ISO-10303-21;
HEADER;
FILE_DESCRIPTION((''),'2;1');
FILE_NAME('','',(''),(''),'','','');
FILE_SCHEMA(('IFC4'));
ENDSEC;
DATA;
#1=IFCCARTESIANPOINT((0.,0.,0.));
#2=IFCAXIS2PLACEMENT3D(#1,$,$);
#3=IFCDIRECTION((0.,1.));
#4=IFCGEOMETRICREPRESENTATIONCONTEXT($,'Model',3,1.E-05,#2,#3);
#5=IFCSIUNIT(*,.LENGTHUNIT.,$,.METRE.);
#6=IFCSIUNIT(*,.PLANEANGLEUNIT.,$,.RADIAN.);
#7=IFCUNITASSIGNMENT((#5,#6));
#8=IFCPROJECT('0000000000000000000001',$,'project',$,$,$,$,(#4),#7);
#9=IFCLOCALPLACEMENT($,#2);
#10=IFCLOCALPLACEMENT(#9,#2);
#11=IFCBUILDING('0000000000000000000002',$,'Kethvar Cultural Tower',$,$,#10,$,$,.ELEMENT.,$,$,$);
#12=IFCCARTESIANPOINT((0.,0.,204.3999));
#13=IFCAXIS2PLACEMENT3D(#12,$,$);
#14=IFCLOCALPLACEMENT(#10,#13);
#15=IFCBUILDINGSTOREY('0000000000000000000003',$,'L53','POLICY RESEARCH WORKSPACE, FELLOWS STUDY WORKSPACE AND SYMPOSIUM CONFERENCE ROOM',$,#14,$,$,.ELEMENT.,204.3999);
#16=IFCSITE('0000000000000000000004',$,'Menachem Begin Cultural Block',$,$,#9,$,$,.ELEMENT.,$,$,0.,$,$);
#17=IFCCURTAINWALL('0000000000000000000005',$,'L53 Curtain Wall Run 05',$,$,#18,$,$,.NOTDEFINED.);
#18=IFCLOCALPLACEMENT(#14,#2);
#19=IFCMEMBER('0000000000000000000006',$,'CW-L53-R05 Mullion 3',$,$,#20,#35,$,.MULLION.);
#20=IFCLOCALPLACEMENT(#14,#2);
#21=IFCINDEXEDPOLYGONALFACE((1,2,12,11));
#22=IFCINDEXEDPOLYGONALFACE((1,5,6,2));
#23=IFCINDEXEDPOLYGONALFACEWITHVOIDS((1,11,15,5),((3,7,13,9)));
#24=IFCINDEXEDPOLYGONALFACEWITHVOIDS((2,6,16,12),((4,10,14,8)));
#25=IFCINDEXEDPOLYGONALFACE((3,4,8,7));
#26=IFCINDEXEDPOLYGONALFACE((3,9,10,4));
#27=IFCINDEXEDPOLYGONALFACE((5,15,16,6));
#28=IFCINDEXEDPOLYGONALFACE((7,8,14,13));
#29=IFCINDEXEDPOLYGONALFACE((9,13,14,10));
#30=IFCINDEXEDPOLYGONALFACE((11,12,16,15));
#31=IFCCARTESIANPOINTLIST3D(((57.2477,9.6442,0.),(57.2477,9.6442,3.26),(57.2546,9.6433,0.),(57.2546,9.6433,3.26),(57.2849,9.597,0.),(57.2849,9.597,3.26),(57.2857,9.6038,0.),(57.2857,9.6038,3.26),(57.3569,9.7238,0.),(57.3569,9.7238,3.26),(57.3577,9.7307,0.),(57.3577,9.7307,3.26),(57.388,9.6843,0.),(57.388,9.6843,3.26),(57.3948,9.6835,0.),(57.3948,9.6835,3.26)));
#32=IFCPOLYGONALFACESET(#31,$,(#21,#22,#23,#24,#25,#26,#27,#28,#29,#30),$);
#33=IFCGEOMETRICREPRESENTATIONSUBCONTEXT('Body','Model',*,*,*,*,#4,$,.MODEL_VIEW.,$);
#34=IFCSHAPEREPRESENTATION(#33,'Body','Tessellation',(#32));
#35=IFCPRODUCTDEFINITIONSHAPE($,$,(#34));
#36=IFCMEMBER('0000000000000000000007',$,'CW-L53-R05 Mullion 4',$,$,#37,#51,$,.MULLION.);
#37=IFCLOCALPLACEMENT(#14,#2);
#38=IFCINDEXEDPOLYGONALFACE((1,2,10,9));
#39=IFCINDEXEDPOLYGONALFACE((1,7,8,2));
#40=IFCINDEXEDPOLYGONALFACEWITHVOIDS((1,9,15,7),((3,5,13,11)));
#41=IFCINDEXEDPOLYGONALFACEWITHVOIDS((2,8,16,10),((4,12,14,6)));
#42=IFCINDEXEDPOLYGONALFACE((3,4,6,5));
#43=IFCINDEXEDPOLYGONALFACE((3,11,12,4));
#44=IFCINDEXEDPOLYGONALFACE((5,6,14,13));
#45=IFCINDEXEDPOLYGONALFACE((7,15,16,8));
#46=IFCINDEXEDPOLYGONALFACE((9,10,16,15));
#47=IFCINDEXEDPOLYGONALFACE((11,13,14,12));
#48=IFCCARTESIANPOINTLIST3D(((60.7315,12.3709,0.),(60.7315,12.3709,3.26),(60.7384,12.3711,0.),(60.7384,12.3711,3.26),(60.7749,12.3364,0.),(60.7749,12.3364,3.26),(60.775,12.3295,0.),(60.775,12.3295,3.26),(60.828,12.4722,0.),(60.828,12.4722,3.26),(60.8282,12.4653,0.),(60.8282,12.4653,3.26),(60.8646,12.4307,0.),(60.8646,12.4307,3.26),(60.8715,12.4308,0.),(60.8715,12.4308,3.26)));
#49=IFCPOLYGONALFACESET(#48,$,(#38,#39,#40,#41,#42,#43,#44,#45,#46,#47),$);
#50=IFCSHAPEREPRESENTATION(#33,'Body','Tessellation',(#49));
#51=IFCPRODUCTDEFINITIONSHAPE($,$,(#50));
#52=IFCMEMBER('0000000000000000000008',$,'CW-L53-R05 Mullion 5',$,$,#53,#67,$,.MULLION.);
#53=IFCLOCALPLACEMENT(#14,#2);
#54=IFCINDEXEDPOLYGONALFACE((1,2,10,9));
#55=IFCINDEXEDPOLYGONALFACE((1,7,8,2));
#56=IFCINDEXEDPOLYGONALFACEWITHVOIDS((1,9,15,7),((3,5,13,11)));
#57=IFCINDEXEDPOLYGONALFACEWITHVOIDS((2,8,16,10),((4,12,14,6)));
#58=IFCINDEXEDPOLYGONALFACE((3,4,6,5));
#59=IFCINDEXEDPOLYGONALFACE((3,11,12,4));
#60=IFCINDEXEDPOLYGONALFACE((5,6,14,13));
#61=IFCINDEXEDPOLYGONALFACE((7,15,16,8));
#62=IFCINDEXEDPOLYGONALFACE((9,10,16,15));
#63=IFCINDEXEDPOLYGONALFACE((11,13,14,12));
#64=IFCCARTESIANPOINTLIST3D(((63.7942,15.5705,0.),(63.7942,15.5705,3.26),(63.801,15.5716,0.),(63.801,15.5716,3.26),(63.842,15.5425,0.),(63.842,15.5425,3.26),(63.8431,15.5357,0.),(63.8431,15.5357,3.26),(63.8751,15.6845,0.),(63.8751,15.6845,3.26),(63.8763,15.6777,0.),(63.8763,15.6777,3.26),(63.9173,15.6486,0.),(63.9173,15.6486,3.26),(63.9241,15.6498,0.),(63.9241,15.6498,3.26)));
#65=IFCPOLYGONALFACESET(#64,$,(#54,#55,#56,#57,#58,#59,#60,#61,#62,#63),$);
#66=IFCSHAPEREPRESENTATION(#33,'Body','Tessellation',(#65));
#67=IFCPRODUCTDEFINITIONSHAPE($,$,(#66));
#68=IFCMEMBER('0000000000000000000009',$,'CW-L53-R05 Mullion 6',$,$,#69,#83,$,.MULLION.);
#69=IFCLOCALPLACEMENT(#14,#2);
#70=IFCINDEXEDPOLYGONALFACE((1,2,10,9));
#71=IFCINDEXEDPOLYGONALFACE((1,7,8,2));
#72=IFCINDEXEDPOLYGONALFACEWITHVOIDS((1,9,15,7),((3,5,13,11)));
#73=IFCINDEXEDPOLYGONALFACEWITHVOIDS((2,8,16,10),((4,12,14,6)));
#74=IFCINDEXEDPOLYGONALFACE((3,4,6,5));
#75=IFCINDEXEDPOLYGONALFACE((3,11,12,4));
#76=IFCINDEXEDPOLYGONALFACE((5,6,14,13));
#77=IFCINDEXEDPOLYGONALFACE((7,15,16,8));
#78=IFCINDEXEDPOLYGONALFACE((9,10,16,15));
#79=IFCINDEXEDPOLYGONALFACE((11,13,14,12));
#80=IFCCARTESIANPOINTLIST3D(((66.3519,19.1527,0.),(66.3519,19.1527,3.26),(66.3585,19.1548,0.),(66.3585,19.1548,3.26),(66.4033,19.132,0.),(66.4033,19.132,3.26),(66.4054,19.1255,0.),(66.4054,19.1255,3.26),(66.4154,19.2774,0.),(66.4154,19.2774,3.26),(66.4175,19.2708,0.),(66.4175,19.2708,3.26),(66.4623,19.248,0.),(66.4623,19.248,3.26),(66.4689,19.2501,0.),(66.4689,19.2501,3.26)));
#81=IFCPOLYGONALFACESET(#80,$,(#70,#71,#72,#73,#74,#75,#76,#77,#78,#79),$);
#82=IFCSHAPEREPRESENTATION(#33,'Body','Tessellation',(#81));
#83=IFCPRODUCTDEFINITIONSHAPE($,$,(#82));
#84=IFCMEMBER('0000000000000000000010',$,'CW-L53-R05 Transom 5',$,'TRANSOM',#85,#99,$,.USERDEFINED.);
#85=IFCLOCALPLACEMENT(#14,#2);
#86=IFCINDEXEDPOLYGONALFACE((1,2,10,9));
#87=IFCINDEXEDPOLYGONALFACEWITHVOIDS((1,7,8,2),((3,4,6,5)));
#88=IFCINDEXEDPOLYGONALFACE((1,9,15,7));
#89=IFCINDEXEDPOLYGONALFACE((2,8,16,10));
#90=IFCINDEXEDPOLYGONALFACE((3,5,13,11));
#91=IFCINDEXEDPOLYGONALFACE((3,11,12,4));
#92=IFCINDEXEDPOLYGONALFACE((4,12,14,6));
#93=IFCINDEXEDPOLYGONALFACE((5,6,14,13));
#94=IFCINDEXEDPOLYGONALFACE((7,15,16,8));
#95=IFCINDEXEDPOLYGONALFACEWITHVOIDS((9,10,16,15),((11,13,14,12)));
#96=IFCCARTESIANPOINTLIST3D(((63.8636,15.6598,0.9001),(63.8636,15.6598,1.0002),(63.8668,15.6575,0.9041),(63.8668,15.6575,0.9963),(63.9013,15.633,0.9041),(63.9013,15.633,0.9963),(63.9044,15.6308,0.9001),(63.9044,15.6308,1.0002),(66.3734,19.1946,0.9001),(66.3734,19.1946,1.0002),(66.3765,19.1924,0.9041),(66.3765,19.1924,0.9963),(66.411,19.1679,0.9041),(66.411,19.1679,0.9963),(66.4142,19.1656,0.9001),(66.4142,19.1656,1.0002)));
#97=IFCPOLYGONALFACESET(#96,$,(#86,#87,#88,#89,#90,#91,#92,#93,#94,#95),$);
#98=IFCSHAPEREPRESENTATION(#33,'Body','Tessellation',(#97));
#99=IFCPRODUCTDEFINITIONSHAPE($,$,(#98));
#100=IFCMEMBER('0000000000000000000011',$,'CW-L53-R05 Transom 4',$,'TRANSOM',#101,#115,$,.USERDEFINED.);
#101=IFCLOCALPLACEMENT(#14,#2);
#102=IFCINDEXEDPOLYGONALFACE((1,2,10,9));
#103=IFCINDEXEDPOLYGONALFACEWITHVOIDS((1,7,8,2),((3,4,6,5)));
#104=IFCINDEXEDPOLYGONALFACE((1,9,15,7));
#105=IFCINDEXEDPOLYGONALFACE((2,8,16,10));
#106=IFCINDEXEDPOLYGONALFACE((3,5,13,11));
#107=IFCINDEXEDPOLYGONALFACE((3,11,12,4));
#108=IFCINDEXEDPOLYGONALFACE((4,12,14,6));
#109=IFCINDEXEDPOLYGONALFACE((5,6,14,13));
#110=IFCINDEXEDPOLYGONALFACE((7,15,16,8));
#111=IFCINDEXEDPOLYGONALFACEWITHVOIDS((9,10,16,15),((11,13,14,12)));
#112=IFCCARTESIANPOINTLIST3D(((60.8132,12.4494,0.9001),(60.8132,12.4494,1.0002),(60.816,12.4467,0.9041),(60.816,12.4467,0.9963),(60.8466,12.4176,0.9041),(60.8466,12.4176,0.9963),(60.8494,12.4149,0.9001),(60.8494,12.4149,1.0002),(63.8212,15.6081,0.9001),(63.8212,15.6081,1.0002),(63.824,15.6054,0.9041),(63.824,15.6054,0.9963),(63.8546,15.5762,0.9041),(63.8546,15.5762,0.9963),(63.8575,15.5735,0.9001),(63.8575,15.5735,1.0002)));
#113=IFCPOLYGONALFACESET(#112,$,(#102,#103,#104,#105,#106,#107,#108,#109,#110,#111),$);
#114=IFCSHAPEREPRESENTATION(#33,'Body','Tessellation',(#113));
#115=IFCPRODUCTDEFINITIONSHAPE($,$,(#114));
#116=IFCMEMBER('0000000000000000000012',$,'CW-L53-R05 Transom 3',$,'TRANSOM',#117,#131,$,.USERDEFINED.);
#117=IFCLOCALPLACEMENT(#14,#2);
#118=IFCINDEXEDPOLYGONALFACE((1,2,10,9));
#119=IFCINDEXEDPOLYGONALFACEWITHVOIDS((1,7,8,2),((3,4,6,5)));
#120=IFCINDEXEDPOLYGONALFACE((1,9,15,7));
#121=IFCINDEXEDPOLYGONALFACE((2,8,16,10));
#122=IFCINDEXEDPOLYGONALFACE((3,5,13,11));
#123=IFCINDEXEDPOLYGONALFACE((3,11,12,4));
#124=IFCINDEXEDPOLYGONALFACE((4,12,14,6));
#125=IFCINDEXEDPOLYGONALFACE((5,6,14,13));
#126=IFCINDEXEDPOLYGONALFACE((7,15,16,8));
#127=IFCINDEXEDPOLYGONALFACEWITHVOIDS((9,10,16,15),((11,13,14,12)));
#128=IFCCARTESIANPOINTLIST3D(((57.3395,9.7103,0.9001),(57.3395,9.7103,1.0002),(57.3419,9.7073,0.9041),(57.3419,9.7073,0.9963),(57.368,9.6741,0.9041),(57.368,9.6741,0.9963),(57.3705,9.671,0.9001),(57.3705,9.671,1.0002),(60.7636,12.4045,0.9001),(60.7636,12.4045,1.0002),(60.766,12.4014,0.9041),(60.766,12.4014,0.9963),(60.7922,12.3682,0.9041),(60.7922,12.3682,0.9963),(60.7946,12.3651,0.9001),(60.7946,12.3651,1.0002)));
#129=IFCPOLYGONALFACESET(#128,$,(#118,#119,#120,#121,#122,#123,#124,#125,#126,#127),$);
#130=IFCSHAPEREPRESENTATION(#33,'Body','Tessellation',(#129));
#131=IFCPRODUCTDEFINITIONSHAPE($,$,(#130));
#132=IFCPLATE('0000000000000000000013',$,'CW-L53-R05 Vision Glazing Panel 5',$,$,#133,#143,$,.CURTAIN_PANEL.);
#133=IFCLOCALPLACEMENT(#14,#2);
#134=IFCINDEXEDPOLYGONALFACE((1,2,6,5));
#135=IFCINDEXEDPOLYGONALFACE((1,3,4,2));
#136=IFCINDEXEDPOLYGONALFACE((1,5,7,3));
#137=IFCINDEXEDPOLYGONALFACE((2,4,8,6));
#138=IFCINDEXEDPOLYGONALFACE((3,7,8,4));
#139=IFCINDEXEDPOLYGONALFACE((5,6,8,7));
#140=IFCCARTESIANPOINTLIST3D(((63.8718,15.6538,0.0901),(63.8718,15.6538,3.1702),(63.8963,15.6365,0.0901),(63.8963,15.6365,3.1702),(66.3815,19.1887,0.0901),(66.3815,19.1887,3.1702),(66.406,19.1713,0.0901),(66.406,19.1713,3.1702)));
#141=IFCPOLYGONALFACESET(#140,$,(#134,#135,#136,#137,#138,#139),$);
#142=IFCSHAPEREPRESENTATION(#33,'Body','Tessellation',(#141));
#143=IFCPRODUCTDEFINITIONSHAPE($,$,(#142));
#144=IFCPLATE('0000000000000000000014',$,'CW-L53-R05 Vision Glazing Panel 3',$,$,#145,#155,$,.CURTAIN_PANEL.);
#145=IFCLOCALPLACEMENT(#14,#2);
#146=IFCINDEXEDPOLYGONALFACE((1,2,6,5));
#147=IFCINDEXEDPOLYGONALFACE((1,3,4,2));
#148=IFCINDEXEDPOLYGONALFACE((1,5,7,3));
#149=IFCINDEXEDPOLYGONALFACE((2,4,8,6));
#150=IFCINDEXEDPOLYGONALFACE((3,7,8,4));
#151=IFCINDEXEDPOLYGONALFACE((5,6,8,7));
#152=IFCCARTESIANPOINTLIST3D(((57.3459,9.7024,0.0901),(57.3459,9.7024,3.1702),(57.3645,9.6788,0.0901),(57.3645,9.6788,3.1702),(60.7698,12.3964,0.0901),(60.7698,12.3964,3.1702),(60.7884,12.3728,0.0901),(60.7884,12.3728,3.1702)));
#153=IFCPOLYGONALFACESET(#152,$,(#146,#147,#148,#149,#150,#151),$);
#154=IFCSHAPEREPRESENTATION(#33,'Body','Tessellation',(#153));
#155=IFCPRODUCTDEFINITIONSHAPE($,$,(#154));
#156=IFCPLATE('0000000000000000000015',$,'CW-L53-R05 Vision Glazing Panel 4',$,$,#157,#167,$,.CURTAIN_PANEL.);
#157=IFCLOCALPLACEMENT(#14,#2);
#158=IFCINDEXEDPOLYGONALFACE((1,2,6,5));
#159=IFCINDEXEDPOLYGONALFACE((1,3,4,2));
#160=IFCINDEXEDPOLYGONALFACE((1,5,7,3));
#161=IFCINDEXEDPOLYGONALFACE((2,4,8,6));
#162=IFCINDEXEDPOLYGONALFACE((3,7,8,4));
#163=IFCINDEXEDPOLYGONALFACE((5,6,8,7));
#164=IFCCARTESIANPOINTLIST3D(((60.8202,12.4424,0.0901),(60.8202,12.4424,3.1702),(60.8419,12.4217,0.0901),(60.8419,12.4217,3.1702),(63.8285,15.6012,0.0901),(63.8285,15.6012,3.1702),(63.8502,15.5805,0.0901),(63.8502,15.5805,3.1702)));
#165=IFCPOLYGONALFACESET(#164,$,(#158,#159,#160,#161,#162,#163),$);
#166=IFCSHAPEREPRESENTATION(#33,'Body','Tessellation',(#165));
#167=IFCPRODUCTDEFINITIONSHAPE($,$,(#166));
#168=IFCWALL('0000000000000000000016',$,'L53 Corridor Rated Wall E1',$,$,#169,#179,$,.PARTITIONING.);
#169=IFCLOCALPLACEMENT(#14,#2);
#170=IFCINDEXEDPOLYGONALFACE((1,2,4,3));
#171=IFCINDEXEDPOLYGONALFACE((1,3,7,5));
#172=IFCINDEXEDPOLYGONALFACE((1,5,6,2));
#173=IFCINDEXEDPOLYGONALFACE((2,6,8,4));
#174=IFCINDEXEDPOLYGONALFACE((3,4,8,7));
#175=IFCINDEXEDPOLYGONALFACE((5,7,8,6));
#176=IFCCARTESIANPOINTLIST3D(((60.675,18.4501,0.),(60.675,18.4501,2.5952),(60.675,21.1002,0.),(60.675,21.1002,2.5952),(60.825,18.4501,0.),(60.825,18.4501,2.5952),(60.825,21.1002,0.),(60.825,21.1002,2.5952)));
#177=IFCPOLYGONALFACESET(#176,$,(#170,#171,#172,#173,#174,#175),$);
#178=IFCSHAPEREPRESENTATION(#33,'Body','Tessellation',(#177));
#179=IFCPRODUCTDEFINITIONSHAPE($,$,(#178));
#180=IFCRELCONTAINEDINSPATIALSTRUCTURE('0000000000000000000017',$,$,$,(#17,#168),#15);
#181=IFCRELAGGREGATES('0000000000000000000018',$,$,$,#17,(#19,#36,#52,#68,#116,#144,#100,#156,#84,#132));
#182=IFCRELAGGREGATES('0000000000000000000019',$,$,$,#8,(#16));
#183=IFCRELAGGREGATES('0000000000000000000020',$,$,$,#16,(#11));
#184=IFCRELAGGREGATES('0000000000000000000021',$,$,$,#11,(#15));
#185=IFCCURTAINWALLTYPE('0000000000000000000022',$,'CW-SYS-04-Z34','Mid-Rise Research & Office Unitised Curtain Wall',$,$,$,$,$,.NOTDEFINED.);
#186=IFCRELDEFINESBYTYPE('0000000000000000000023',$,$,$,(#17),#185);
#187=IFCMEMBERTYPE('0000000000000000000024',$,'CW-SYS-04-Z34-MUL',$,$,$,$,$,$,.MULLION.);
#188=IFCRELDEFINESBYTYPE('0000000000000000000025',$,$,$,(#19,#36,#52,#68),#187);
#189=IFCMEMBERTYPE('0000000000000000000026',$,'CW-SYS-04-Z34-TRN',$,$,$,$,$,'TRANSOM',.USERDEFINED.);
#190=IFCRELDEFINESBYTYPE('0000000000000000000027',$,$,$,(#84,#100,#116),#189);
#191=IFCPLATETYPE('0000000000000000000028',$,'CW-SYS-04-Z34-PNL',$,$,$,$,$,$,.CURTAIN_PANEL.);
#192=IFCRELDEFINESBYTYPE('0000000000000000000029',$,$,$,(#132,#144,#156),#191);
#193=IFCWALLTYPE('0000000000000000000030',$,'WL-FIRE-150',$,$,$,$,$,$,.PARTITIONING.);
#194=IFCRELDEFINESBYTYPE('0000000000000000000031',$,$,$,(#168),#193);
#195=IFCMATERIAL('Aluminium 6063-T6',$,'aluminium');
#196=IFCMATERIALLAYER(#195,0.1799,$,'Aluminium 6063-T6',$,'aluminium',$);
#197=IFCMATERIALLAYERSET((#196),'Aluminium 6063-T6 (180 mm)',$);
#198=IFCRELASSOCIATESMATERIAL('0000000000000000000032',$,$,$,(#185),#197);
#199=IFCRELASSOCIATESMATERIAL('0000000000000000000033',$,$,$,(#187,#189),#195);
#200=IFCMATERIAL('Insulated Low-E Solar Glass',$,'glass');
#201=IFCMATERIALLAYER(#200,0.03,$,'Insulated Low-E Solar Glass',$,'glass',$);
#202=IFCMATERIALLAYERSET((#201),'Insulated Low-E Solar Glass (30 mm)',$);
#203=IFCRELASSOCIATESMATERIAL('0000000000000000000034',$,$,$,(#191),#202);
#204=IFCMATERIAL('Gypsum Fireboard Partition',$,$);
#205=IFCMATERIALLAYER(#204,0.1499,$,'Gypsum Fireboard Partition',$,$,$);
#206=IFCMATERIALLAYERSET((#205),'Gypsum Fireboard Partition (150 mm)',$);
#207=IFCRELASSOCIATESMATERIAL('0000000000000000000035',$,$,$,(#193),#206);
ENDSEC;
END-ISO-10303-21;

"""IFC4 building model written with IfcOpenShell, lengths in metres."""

from ifc_helpers import new_model, si_unit, direction, frame, frame_2d, origin, origin_2d, place, context, subcontext, project, spatial, rectangle, hollow_rectangle, extrude, source, transform, mapped, material, layer, layer_set, material_profile, profile_set, type_object, element, aggregate, save


model = new_model("IFC4")

# Units and contexts
model_context = context("Model", 3, precision=1e-05, world=origin(), true_north=direction((0.0, 1.0)))
body_context = subcontext(model_context, "Body", "Model", "MODEL_VIEW")
ifc_project = project(units=[si_unit("LENGTHUNIT", "METRE"), si_unit("PLANEANGLEUNIT", "RADIAN")], contexts=[model_context])

# Site, building, storey
site_placement = place(None, origin())
site = spatial("IfcSite", under=ifc_project, at=site_placement, Name="Menachem Begin Cultural Block", CompositionType="ELEMENT", RefElevation=0.0)
building_placement = place(site_placement, origin())
building = spatial("IfcBuilding", under=site, at=building_placement, Name="Kethvar Cultural Tower", CompositionType="ELEMENT")
storey_placement = place(building_placement, frame((0.0, 0.0, 204.3999)))
storey = spatial("IfcBuildingStorey", under=building, at=storey_placement, Name="L53", Description="POLICY RESEARCH WORKSPACE, FELLOWS STUDY WORKSPACE AND SYMPOSIUM CONFERENCE ROOM", CompositionType="ELEMENT", Elevation=204.3999)

# Curtain wall, members, plates
ifc_material_1 = material(Name="Aluminium 6063-T6", Category="aluminium")
ifc_layer_1 = layer(ifc_material_1, 0.1799, Name="Aluminium 6063-T6", Category="aluminium")
ifc_layer_set_1 = layer_set([ifc_layer_1], Name="Aluminium 6063-T6 (180 mm)")
curtain_wall_type = type_object("IfcCurtainWallType", Name="CW-SYS-04-Z34", Description="Mid-Rise Research & Office Unitised Curtain Wall", PredefinedType="NOTDEFINED", material=ifc_layer_set_1)
curtain_wall_placement = place(storey_placement, origin())
curtain_wall = element("IfcCurtainWall", 1, at=curtain_wall_placement, inside=storey, type_object=curtain_wall_type, Name="L53 Curtain Wall Run 05", PredefinedType="NOTDEFINED")
ifc_material_profile_1 = material_profile(ifc_material_1, hollow_rectangle(XDim=0.0601, YDim=0.1399, WallThickness=0.0049, at=origin_2d()), Name="Aluminium 6063-T6 — RHS140x60x5")
ifc_profile_set_1 = profile_set([ifc_material_profile_1], Name="Aluminium 6063-T6 — RHS140x60x5")
member_type_1 = type_object("IfcMemberType", Name="CW-SYS-04-Z34-MUL", PredefinedType="MULLION", material=ifc_profile_set_1)
shared_shape_1 = source(origin(), body_context, "Body", "SweptSolid", [
    extrude(hollow_rectangle(XDim=0.0601, YDim=0.1399, WallThickness=0.0049, at=origin_2d()), origin(), (0.0, 0.0, 1.0), 3.26),
])
member_1_placement = place(storey_placement, frame((57.3213, 9.6638, 0.0), z_axis=(0.0, 0.0, 1.0), x_axis=(-0.618367, 0.785889, 0.0)))
member_1 = element("IfcMember", 2, at=member_1_placement, type_object=member_type_1, Name="CW-L53-R05 Mullion 3", PredefinedType="MULLION", context=body_context, shape_type="MappedRepresentation", body=[
    mapped(shared_shape_1, transform((0.0, 0.0, 0.0), scale=1.0)),
])
member_2_placement = place(storey_placement, frame((60.8015, 12.4009, 0.0), z_axis=(0.0, 0.0, 1.0), x_axis=(-0.724148, 0.689645, 0.0)))
member_2 = element("IfcMember", 3, at=member_2_placement, type_object=member_type_1, Name="CW-L53-R05 Mullion 4", PredefinedType="MULLION", context=body_context, shape_type="MappedRepresentation", body=[
    mapped(shared_shape_1, transform((0.0, 0.0, 0.0), scale=1.0)),
])
member_3_placement = place(storey_placement, frame((63.8591, 15.6101, 0.0), z_axis=(0.0, 0.0, 1.0), x_axis=(-0.815391, 0.578911, 0.0)))
member_3 = element("IfcMember", 4, at=member_3_placement, type_object=member_type_1, Name="CW-L53-R05 Mullion 5", PredefinedType="MULLION", context=body_context, shape_type="MappedRepresentation", body=[
    mapped(shared_shape_1, transform((0.0, 0.0, 0.0), scale=1.0)),
])
member_4_placement = place(storey_placement, frame((66.4104, 19.2014, 0.0), z_axis=(0.0, 0.0, 1.0), x_axis=(-0.891141, 0.453726, 0.0)))
member_4 = element("IfcMember", 5, at=member_4_placement, type_object=member_type_1, Name="CW-L53-R05 Mullion 6", PredefinedType="MULLION", context=body_context, shape_type="MappedRepresentation", body=[
    mapped(shared_shape_1, transform((0.0, 0.0, 0.0), scale=1.0)),
])
ifc_material_profile_2 = material_profile(ifc_material_1, hollow_rectangle(XDim=0.05, YDim=0.1001, WallThickness=0.0039, at=origin_2d()), Name="Aluminium 6063-T6 — RHS100x50x4")
ifc_profile_set_2 = profile_set([ifc_material_profile_2], Name="Aluminium 6063-T6 — RHS100x50x4")
member_type_2 = type_object("IfcMemberType", Name="CW-SYS-04-Z34-TRN", ElementType="TRANSOM", PredefinedType="USERDEFINED", material=ifc_profile_set_2)
shared_shape_2 = source(origin(), body_context, "Body", "SweptSolid", [
    extrude(hollow_rectangle(XDim=0.05, YDim=0.1001, WallThickness=0.0039, at=origin_2d()), origin(), (0.0, 0.0, 1.0), 4.3352),
])
member_5_placement = place(storey_placement, frame((63.884, 15.6453, 0.9502), z_axis=(0.578919, 0.815385, 0.0), x_axis=(-0.815385, 0.578919, 0.0)))
member_5 = element("IfcMember", 6, at=member_5_placement, type_object=member_type_2, Name="CW-L53-R05 Transom 5", ObjectType="TRANSOM", PredefinedType="USERDEFINED", context=body_context, shape_type="MappedRepresentation", body=[
    mapped(shared_shape_2, transform((0.0, 0.0, 0.0), scale=1.0)),
])
shared_shape_3 = source(origin(), body_context, "Body", "SweptSolid", [
    extrude(hollow_rectangle(XDim=0.05, YDim=0.1001, WallThickness=0.0039, at=origin_2d()), origin(), (0.0, 0.0, 1.0), 4.3618),
])
member_6_placement = place(storey_placement, frame((60.8313, 12.4321, 0.9502), z_axis=(0.689629, 0.724163, 0.0), x_axis=(-0.724163, 0.689629, 0.0)))
member_6 = element("IfcMember", 7, at=member_6_placement, type_object=member_type_2, Name="CW-L53-R05 Transom 4", ObjectType="TRANSOM", PredefinedType="USERDEFINED", context=body_context, shape_type="MappedRepresentation", body=[
    mapped(shared_shape_3, transform((0.0, 0.0, 0.0), scale=1.0)),
])
shared_shape_4 = source(origin(), body_context, "Body", "SweptSolid", [
    extrude(hollow_rectangle(XDim=0.05, YDim=0.1001, WallThickness=0.0039, at=origin_2d()), origin(), (0.0, 0.0, 1.0), 4.3569),
])
member_7_placement = place(storey_placement, frame((57.355, 9.6907, 0.9502), z_axis=(0.7859, 0.618353, 0.0), x_axis=(-0.618353, 0.7859, 0.0)))
member_7 = element("IfcMember", 8, at=member_7_placement, type_object=member_type_2, Name="CW-L53-R05 Transom 3", ObjectType="TRANSOM", PredefinedType="USERDEFINED", context=body_context, shape_type="MappedRepresentation", body=[
    mapped(shared_shape_4, transform((0.0, 0.0, 0.0), scale=1.0)),
])
ifc_material_2 = material(Name="Insulated Low-E Solar Glass", Category="glass")
ifc_layer_2 = layer(ifc_material_2, 0.03, Name="Insulated Low-E Solar Glass", Category="glass")
ifc_layer_set_2 = layer_set([ifc_layer_2], Name="Insulated Low-E Solar Glass (30 mm)")
plate_type = type_object("IfcPlateType", Name="CW-SYS-04-Z34-PNL", PredefinedType="CURTAIN_PANEL", material=ifc_layer_set_2)
shared_shape_5 = source(origin(), body_context, "Body", "SweptSolid", [
    extrude(rectangle(XDim=4.3352, YDim=0.03, at=origin_2d()), origin(), (0.0, 0.0, 1.0), 3.0801),
])
plate_1_placement = place(storey_placement, frame((65.1389, 17.4126, 0.0901), z_axis=(0.0, 0.0, 1.0), x_axis=(0.578911, 0.815391, 0.0)))
plate_1 = element("IfcPlate", 9, at=plate_1_placement, type_object=plate_type, Name="CW-L53-R05 Vision Glazing Panel 5", PredefinedType="CURTAIN_PANEL", context=body_context, shape_type="MappedRepresentation", body=[
    mapped(shared_shape_5, transform((0.0, 0.0, 0.0), scale=1.0)),
])
shared_shape_6 = source(origin(), body_context, "Body", "SweptSolid", [
    extrude(rectangle(XDim=4.3567, YDim=0.03, at=origin_2d()), origin(), (0.0, 0.0, 1.0), 3.0801),
])
plate_2_placement = place(storey_placement, frame((59.0671, 11.0376, 0.0901), z_axis=(0.0, 0.0, 1.0), x_axis=(0.785889, 0.618367, 0.0)))
plate_2 = element("IfcPlate", 10, at=plate_2_placement, type_object=plate_type, Name="CW-L53-R05 Vision Glazing Panel 3", PredefinedType="CURTAIN_PANEL", context=body_context, shape_type="MappedRepresentation", body=[
    mapped(shared_shape_6, transform((0.0, 0.0, 0.0), scale=1.0)),
])
shared_shape_7 = source(origin(), body_context, "Body", "SweptSolid", [
    extrude(rectangle(XDim=4.3621, YDim=0.03, at=origin_2d()), origin(), (0.0, 0.0, 1.0), 3.0801),
])
plate_3_placement = place(storey_placement, frame((62.3352, 14.0115, 0.0901), z_axis=(0.0, 0.0, 1.0), x_axis=(0.689645, 0.724148, 0.0)))
plate_3 = element("IfcPlate", 11, at=plate_3_placement, type_object=plate_type, Name="CW-L53-R05 Vision Glazing Panel 4", PredefinedType="CURTAIN_PANEL", context=body_context, shape_type="MappedRepresentation", body=[
    mapped(shared_shape_7, transform((0.0, 0.0, 0.0), scale=1.0)),
])
aggregate(curtain_wall, [member_1, member_2, member_3, member_4, member_7, plate_2, member_6, plate_3, member_5, plate_1])

# Wall
ifc_material_3 = material(Name="Gypsum Fireboard Partition")
ifc_layer_3 = layer(ifc_material_3, 0.1499, Name="Gypsum Fireboard Partition")
ifc_layer_set_3 = layer_set([ifc_layer_3], Name="Gypsum Fireboard Partition (150 mm)")
wall_type = type_object("IfcWallType", Name="WL-FIRE-150", PredefinedType="PARTITIONING", material=ifc_layer_set_3)
wall_placement = place(storey_placement, frame((60.75, 18.45, 0.0), z_axis=(0.0, 0.0, 1.0), x_axis=(0.0, 1.0, 0.0)))
element("IfcWall", 12, at=wall_placement, inside=storey, type_object=wall_type, Name="L53 Corridor Rated Wall E1", PredefinedType="PARTITIONING", context=body_context, shape_type="SweptSolid", body=[
    extrude(rectangle(XDim=2.6501, YDim=0.1499, at=frame_2d((1.3252, 0.0))), origin(), (0.0, 0.0, 1.0), 2.5952),
])

save(model, "model.ifc")
